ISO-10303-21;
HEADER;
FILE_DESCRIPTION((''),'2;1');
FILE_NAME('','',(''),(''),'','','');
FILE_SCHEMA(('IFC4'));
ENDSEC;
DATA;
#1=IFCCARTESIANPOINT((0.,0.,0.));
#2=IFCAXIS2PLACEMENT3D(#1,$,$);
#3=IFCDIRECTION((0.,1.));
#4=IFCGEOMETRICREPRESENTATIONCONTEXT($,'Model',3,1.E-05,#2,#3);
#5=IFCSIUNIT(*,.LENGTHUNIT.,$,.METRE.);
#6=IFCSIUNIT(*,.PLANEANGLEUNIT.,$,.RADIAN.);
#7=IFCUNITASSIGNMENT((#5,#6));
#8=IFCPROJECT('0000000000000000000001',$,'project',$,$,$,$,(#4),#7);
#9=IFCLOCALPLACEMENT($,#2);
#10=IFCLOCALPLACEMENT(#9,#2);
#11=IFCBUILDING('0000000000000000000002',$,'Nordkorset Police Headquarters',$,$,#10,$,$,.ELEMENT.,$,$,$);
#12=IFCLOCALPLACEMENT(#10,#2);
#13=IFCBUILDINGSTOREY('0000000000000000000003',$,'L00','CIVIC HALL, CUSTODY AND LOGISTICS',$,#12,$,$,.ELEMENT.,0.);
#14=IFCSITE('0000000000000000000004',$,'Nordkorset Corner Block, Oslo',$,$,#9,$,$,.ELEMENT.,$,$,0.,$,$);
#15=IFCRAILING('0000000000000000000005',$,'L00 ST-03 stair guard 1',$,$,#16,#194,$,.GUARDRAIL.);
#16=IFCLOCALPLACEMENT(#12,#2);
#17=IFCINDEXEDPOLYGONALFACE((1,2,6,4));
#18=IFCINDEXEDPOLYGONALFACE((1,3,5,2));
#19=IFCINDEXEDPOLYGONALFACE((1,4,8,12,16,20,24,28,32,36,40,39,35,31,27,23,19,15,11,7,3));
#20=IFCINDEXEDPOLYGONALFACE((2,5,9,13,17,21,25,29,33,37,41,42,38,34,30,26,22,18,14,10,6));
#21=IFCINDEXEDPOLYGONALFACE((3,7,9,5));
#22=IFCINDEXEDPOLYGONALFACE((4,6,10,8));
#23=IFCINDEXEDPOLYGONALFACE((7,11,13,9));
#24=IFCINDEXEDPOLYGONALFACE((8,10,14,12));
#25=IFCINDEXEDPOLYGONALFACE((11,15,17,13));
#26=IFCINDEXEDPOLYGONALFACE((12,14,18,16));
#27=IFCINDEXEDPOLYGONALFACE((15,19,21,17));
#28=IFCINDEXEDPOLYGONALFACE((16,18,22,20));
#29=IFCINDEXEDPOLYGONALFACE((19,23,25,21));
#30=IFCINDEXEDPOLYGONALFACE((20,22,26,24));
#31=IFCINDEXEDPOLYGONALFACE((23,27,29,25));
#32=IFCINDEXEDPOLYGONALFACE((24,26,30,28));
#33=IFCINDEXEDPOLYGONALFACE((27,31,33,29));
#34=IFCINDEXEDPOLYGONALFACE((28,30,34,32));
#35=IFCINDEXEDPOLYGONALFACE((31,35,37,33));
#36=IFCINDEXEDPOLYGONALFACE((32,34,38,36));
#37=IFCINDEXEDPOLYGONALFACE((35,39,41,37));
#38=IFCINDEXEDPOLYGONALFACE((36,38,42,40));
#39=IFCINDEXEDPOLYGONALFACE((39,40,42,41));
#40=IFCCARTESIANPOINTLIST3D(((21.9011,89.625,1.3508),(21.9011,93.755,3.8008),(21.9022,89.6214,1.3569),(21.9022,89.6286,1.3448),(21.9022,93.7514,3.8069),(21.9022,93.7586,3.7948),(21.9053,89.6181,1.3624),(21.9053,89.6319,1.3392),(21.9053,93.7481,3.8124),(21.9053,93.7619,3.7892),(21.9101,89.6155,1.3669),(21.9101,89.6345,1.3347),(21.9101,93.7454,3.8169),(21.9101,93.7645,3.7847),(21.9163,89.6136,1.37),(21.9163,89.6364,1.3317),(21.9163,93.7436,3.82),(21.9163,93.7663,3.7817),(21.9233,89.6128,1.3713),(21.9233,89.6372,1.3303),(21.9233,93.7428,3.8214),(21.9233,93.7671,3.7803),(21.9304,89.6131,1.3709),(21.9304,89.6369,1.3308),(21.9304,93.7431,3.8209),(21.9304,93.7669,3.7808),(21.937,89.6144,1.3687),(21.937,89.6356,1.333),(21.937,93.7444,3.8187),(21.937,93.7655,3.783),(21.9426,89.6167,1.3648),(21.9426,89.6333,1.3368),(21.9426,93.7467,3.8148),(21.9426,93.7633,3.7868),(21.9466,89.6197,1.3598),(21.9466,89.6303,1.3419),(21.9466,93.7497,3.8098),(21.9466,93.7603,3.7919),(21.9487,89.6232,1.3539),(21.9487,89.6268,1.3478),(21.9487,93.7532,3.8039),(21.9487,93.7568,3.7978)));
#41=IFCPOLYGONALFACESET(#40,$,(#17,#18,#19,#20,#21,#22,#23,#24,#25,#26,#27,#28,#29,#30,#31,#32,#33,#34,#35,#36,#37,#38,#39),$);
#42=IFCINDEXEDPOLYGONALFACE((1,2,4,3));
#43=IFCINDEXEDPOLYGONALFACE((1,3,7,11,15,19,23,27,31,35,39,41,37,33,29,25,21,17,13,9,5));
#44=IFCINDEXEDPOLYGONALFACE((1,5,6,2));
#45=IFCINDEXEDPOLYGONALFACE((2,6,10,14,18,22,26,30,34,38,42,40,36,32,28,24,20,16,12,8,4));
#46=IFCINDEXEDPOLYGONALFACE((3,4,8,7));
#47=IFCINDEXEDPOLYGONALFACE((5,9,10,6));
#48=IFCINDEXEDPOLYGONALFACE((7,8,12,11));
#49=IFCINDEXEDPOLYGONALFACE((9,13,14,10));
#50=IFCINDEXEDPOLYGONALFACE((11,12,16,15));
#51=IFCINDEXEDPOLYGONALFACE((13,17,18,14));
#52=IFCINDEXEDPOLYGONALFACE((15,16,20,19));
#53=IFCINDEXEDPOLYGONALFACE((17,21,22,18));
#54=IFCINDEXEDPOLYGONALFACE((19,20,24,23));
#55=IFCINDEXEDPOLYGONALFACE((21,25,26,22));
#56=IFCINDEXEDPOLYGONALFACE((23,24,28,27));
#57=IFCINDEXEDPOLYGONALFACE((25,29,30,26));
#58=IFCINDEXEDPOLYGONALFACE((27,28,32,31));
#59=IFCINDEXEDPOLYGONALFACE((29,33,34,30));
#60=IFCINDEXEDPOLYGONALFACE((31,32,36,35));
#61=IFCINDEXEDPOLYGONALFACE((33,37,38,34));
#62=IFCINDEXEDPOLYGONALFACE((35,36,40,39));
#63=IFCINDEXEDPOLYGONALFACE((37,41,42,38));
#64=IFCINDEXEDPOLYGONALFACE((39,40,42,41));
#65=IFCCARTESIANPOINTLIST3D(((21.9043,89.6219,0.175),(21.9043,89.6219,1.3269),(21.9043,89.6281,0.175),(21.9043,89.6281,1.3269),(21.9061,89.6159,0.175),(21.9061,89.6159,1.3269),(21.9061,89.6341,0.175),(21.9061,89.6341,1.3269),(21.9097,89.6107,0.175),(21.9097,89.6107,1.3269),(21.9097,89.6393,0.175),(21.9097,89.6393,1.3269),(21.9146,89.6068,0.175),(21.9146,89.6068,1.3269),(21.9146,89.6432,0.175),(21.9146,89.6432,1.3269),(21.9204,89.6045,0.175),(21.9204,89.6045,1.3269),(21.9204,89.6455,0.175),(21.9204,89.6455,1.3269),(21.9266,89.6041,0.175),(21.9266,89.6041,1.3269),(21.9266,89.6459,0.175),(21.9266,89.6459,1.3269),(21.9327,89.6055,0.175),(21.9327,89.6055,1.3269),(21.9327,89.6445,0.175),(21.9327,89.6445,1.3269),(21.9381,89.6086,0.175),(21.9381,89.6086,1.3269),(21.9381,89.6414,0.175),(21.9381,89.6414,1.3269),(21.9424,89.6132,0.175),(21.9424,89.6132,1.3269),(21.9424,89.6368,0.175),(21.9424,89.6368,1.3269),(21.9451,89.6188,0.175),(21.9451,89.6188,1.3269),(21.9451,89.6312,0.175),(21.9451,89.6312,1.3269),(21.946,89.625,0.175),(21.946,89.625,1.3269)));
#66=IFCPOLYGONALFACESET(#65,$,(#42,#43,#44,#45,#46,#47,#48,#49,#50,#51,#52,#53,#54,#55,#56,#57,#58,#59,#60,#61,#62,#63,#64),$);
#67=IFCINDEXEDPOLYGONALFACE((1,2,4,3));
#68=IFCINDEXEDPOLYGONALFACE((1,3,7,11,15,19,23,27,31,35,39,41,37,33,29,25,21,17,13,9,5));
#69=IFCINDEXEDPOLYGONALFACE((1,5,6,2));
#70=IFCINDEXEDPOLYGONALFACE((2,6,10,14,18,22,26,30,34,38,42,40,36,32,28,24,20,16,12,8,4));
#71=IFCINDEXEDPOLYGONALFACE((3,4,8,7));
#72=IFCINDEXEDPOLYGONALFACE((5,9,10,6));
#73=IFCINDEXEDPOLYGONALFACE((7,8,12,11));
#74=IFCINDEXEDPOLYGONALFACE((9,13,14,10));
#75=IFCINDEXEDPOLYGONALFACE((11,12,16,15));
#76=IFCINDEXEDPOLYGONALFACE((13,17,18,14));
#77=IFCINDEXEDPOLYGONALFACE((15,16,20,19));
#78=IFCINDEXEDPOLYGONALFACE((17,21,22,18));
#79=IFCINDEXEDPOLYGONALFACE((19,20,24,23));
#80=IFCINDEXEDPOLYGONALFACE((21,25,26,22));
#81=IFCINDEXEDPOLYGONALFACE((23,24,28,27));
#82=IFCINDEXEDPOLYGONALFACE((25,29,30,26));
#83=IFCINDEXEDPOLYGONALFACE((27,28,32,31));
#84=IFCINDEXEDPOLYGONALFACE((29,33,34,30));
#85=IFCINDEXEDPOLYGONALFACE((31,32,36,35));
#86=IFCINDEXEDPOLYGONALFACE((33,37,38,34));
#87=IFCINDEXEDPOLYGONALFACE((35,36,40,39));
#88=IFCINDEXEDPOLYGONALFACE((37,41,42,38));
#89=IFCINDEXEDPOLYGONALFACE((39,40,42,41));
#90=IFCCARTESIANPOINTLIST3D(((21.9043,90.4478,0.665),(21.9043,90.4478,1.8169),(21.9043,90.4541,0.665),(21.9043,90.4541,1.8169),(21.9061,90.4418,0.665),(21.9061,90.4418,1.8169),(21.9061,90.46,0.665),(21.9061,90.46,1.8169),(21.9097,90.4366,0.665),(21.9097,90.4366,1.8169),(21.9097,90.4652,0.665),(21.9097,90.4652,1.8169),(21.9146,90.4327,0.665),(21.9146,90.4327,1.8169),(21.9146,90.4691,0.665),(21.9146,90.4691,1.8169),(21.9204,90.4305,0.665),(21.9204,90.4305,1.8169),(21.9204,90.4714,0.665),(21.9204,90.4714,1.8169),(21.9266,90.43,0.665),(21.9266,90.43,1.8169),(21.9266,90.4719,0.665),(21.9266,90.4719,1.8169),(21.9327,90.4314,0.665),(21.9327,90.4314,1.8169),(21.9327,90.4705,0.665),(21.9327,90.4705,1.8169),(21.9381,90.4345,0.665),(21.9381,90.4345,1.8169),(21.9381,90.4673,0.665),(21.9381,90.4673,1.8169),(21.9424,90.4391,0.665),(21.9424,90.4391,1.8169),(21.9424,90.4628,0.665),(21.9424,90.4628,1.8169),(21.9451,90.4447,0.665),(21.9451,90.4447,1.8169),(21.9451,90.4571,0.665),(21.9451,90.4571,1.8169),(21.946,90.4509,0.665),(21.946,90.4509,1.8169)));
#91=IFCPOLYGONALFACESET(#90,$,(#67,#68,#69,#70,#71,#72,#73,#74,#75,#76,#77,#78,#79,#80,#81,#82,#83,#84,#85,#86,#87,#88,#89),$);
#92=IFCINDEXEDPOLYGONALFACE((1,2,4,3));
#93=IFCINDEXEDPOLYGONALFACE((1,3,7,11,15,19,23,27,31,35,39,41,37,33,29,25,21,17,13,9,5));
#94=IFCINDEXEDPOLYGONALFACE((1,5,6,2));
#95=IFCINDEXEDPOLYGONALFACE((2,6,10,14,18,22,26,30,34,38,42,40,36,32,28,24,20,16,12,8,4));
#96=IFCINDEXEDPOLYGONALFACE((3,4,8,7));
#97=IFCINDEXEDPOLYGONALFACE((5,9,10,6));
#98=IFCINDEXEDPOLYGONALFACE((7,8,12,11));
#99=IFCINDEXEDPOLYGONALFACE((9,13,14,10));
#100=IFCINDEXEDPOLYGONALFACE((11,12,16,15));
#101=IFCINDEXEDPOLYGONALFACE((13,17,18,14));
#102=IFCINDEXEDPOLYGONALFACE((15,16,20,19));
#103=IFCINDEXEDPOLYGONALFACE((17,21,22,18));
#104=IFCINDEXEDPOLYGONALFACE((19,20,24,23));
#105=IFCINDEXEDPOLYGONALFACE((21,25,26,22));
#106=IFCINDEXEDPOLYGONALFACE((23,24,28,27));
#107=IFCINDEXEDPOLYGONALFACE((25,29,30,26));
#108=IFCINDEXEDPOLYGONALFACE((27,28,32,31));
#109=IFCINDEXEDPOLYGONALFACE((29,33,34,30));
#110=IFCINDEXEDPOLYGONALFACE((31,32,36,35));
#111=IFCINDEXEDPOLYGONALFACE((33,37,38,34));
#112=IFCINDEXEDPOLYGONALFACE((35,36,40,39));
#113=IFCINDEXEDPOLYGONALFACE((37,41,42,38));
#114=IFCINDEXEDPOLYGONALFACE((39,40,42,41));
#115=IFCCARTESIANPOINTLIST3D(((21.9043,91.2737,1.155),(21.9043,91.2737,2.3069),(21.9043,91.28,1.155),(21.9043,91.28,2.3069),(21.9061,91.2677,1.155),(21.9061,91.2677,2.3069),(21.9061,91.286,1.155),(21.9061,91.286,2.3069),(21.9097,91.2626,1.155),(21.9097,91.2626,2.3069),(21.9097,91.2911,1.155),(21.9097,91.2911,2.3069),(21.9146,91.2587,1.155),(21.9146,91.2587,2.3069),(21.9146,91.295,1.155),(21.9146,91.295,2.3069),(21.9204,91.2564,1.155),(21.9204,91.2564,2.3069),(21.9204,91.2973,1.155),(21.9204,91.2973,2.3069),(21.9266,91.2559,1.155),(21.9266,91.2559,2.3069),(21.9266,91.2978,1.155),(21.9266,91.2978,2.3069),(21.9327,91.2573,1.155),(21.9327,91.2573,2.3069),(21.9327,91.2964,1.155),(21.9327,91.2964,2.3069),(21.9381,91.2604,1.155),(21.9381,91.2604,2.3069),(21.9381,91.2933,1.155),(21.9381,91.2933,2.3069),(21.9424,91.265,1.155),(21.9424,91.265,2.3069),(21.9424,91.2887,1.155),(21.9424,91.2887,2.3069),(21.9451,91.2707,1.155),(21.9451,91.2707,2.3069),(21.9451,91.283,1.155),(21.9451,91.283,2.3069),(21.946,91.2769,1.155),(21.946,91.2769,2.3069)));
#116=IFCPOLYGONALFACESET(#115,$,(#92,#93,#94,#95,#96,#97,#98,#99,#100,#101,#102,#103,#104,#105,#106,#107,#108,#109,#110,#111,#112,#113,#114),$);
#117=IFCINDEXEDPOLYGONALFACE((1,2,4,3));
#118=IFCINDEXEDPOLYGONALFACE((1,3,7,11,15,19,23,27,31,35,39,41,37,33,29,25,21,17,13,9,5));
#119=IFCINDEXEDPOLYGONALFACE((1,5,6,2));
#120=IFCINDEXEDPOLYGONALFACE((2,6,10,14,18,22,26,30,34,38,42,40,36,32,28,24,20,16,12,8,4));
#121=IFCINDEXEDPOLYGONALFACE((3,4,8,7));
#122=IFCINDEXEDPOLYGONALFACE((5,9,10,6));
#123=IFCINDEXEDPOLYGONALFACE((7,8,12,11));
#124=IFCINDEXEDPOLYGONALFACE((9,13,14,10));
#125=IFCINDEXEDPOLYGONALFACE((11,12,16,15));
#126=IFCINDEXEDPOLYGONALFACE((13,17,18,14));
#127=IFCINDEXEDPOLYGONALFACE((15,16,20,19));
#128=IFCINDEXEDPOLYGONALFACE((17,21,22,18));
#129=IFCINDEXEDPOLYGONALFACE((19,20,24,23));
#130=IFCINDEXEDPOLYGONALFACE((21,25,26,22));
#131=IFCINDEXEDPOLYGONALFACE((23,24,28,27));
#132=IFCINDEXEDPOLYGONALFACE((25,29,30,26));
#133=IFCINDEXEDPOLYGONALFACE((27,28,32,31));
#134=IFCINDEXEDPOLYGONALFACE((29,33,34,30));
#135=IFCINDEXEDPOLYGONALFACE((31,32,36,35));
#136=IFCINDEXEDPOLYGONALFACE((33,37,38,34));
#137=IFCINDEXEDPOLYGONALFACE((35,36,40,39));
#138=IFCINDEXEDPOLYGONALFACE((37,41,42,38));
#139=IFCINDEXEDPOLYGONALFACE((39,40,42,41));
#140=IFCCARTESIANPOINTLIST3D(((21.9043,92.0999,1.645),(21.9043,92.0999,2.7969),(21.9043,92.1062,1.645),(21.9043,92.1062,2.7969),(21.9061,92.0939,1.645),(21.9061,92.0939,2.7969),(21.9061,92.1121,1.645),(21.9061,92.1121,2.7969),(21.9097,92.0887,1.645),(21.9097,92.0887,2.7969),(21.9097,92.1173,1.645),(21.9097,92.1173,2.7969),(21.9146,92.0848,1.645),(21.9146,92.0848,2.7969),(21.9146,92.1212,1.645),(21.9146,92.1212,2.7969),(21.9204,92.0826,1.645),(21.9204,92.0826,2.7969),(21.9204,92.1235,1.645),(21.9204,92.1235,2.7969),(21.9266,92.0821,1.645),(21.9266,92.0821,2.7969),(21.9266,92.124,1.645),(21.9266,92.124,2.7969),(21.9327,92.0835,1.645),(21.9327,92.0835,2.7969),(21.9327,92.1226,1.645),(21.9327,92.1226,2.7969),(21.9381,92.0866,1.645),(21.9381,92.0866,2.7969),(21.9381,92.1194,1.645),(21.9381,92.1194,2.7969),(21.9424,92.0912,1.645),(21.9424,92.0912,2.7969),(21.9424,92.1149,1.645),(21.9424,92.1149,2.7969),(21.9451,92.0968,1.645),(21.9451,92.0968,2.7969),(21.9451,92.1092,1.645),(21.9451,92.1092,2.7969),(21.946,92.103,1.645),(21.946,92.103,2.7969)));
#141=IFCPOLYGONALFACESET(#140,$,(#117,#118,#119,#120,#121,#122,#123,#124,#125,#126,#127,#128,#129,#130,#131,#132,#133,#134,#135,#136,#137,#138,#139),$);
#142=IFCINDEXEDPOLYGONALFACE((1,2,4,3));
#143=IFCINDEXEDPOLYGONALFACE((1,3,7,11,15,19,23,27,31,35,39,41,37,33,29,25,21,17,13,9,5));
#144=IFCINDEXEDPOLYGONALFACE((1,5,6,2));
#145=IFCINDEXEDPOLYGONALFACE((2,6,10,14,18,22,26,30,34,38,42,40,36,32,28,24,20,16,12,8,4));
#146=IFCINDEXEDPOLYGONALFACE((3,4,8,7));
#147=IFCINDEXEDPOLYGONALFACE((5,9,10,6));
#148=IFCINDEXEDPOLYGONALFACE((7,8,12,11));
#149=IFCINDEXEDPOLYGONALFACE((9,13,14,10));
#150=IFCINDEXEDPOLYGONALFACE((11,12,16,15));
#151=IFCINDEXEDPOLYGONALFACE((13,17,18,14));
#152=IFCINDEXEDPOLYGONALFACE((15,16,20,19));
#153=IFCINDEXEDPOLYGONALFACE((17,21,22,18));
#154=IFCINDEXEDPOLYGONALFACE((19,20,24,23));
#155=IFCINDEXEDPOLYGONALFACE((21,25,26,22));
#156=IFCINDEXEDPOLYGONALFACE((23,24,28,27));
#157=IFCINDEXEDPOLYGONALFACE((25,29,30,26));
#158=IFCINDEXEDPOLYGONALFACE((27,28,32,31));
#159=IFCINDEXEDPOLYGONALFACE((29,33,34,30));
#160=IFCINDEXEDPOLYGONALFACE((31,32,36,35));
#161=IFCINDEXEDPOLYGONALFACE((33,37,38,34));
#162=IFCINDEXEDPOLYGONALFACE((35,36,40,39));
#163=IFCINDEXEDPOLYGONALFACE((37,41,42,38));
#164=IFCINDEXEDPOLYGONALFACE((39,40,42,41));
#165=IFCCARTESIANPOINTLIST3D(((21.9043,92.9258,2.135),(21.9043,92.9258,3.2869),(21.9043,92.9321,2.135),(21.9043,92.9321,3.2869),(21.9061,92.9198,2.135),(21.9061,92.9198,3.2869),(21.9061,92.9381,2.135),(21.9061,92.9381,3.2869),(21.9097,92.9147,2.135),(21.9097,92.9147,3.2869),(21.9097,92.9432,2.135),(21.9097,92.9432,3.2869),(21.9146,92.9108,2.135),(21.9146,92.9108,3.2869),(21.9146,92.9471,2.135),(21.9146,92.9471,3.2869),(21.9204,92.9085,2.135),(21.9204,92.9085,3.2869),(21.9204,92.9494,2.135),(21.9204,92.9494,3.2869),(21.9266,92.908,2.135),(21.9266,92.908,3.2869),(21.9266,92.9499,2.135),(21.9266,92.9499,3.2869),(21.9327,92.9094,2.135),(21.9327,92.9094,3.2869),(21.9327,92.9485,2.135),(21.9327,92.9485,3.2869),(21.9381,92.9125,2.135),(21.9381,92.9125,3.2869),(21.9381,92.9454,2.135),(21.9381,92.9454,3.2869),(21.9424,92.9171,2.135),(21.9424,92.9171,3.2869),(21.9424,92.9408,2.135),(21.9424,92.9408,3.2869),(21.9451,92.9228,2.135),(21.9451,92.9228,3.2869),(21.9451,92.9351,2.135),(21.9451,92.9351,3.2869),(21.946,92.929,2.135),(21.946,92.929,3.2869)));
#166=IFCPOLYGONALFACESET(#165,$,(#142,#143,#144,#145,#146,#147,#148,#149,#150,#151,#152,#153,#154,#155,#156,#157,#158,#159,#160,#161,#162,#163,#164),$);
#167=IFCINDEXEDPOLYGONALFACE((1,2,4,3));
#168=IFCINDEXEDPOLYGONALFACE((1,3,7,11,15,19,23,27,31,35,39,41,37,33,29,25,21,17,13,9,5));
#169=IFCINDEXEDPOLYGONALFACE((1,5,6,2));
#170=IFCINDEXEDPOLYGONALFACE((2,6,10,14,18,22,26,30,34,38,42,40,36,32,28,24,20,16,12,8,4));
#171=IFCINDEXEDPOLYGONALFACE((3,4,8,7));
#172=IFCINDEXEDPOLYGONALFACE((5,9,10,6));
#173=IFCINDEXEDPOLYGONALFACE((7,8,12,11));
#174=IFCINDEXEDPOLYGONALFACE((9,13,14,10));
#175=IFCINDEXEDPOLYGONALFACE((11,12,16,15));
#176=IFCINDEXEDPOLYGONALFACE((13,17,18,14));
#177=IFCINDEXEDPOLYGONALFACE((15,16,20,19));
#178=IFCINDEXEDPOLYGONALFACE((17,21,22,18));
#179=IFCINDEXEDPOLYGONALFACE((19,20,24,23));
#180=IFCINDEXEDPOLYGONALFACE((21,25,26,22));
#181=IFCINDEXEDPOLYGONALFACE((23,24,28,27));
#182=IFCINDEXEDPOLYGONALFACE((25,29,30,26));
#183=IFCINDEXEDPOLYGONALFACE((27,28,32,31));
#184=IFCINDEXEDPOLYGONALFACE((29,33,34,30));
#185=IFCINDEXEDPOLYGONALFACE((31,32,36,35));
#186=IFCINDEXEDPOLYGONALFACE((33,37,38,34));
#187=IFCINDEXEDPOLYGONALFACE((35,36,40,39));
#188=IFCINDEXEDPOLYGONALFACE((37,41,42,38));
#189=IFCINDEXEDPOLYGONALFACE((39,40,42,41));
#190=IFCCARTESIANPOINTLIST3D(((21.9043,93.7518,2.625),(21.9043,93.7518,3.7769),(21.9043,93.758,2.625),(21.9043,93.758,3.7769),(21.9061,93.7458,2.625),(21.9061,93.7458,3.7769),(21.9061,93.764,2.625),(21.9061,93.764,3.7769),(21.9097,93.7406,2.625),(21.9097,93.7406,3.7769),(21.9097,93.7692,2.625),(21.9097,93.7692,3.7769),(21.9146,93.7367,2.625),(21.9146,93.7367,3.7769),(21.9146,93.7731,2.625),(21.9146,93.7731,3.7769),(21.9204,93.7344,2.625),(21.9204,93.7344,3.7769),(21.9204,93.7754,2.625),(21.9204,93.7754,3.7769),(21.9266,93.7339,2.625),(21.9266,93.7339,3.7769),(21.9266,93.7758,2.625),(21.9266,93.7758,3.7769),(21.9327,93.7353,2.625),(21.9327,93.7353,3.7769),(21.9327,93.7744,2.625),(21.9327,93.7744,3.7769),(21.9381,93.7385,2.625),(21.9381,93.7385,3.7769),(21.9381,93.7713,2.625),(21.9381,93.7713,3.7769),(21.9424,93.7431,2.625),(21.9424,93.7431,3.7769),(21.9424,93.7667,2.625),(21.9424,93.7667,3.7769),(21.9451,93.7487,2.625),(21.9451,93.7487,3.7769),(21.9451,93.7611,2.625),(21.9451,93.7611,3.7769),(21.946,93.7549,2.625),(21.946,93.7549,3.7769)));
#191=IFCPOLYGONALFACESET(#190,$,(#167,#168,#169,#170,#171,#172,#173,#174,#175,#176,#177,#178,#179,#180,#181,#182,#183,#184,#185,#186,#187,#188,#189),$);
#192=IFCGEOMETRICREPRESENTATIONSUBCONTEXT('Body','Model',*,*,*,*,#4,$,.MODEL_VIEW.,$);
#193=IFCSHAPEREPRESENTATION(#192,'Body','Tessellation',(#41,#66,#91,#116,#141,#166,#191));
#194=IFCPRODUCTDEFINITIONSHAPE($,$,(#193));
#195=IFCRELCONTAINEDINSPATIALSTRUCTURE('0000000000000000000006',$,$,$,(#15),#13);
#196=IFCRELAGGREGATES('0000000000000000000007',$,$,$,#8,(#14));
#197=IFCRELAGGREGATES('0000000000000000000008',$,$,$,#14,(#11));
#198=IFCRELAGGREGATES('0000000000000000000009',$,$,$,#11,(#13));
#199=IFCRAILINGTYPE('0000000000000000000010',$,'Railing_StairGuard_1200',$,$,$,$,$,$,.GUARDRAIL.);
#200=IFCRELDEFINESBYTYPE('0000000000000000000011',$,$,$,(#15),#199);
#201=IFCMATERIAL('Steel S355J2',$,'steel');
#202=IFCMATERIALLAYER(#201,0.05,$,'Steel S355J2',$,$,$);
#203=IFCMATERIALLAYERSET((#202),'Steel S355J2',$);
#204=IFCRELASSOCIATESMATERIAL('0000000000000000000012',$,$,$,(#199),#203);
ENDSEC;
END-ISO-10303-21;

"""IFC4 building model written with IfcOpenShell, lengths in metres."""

from ifc_helpers import new_model, si_unit, direction, frame, origin, origin_2d, place, context, subcontext, project, spatial, circle, extrude, material, layer, layer_set, type_object, element, save


model = new_model("IFC4")

# Units and contexts
model_context = context("Model", 3, precision=1e-05, world=origin(), true_north=direction((0.0, 1.0)))
body_context = subcontext(model_context, "Body", "Model", "MODEL_VIEW")
ifc_project = project(units=[si_unit("LENGTHUNIT", "METRE"), si_unit("PLANEANGLEUNIT", "RADIAN")], contexts=[model_context])

# Site, building, storey
site_placement = place(None, origin())
site = spatial("IfcSite", under=ifc_project, at=site_placement, Name="Nordkorset Corner Block, Oslo", CompositionType="ELEMENT", RefElevation=0.0)
building_placement = place(site_placement, origin())
building = spatial("IfcBuilding", under=site, at=building_placement, Name="Nordkorset Police Headquarters", CompositionType="ELEMENT")
storey_placement = place(building_placement, origin())
storey = spatial("IfcBuildingStorey", under=building, at=storey_placement, Name="L00", Description="CIVIC HALL, CUSTODY AND LOGISTICS", CompositionType="ELEMENT", Elevation=0.0)

# Railing
ifc_material_1 = material(Name="Steel S355J2", Category="steel")
ifc_layer_1 = layer(ifc_material_1, 0.05, Name="Steel S355J2")
ifc_layer_set_1 = layer_set([ifc_layer_1], Name="Steel S355J2")
railing_type = type_object("IfcRailingType", Name="Railing_StairGuard_1200", PredefinedType="GUARDRAIL", material=ifc_layer_set_1)
railing_1_placement = place(storey_placement, frame((21.925, 89.625, 0.175)))
element("IfcRailing", 1, at=railing_1_placement, inside=storey, type_object=railing_type, Name="L00 ST-03 stair guard 1", PredefinedType="GUARDRAIL", context=body_context, shape_type="SweptSolid", body=[
    extrude(circle(Radius=0.0239, at=origin_2d()), frame((0.0, 0.0, 1.1758), z_axis=(0.0, 0.860053, 0.510205), x_axis=(-1.0, 0.0, 0.0)), (0.0, 0.0, 1.0), 4.802),
    extrude(circle(Radius=0.021, at=origin_2d()), origin(), (0.0, 0.0, 1.0), 1.1519),
    extrude(circle(Radius=0.021, at=origin_2d()), frame((0.0, 0.8259, 0.49)), (0.0, 0.0, 1.0), 1.1519),
    extrude(circle(Radius=0.021, at=origin_2d()), frame((0.0, 1.6519, 0.98)), (0.0, 0.0, 1.0), 1.1519),
    extrude(circle(Radius=0.021, at=origin_2d()), frame((0.0, 2.478, 1.47)), (0.0, 0.0, 1.0), 1.1519),
    extrude(circle(Radius=0.021, at=origin_2d()), frame((0.0, 3.304, 1.96)), (0.0, 0.0, 1.0), 1.1519),
    extrude(circle(Radius=0.021, at=origin_2d()), frame((0.0, 4.1299, 2.45)), (0.0, 0.0, 1.0), 1.1519),
])

save(model, "model.ifc")
